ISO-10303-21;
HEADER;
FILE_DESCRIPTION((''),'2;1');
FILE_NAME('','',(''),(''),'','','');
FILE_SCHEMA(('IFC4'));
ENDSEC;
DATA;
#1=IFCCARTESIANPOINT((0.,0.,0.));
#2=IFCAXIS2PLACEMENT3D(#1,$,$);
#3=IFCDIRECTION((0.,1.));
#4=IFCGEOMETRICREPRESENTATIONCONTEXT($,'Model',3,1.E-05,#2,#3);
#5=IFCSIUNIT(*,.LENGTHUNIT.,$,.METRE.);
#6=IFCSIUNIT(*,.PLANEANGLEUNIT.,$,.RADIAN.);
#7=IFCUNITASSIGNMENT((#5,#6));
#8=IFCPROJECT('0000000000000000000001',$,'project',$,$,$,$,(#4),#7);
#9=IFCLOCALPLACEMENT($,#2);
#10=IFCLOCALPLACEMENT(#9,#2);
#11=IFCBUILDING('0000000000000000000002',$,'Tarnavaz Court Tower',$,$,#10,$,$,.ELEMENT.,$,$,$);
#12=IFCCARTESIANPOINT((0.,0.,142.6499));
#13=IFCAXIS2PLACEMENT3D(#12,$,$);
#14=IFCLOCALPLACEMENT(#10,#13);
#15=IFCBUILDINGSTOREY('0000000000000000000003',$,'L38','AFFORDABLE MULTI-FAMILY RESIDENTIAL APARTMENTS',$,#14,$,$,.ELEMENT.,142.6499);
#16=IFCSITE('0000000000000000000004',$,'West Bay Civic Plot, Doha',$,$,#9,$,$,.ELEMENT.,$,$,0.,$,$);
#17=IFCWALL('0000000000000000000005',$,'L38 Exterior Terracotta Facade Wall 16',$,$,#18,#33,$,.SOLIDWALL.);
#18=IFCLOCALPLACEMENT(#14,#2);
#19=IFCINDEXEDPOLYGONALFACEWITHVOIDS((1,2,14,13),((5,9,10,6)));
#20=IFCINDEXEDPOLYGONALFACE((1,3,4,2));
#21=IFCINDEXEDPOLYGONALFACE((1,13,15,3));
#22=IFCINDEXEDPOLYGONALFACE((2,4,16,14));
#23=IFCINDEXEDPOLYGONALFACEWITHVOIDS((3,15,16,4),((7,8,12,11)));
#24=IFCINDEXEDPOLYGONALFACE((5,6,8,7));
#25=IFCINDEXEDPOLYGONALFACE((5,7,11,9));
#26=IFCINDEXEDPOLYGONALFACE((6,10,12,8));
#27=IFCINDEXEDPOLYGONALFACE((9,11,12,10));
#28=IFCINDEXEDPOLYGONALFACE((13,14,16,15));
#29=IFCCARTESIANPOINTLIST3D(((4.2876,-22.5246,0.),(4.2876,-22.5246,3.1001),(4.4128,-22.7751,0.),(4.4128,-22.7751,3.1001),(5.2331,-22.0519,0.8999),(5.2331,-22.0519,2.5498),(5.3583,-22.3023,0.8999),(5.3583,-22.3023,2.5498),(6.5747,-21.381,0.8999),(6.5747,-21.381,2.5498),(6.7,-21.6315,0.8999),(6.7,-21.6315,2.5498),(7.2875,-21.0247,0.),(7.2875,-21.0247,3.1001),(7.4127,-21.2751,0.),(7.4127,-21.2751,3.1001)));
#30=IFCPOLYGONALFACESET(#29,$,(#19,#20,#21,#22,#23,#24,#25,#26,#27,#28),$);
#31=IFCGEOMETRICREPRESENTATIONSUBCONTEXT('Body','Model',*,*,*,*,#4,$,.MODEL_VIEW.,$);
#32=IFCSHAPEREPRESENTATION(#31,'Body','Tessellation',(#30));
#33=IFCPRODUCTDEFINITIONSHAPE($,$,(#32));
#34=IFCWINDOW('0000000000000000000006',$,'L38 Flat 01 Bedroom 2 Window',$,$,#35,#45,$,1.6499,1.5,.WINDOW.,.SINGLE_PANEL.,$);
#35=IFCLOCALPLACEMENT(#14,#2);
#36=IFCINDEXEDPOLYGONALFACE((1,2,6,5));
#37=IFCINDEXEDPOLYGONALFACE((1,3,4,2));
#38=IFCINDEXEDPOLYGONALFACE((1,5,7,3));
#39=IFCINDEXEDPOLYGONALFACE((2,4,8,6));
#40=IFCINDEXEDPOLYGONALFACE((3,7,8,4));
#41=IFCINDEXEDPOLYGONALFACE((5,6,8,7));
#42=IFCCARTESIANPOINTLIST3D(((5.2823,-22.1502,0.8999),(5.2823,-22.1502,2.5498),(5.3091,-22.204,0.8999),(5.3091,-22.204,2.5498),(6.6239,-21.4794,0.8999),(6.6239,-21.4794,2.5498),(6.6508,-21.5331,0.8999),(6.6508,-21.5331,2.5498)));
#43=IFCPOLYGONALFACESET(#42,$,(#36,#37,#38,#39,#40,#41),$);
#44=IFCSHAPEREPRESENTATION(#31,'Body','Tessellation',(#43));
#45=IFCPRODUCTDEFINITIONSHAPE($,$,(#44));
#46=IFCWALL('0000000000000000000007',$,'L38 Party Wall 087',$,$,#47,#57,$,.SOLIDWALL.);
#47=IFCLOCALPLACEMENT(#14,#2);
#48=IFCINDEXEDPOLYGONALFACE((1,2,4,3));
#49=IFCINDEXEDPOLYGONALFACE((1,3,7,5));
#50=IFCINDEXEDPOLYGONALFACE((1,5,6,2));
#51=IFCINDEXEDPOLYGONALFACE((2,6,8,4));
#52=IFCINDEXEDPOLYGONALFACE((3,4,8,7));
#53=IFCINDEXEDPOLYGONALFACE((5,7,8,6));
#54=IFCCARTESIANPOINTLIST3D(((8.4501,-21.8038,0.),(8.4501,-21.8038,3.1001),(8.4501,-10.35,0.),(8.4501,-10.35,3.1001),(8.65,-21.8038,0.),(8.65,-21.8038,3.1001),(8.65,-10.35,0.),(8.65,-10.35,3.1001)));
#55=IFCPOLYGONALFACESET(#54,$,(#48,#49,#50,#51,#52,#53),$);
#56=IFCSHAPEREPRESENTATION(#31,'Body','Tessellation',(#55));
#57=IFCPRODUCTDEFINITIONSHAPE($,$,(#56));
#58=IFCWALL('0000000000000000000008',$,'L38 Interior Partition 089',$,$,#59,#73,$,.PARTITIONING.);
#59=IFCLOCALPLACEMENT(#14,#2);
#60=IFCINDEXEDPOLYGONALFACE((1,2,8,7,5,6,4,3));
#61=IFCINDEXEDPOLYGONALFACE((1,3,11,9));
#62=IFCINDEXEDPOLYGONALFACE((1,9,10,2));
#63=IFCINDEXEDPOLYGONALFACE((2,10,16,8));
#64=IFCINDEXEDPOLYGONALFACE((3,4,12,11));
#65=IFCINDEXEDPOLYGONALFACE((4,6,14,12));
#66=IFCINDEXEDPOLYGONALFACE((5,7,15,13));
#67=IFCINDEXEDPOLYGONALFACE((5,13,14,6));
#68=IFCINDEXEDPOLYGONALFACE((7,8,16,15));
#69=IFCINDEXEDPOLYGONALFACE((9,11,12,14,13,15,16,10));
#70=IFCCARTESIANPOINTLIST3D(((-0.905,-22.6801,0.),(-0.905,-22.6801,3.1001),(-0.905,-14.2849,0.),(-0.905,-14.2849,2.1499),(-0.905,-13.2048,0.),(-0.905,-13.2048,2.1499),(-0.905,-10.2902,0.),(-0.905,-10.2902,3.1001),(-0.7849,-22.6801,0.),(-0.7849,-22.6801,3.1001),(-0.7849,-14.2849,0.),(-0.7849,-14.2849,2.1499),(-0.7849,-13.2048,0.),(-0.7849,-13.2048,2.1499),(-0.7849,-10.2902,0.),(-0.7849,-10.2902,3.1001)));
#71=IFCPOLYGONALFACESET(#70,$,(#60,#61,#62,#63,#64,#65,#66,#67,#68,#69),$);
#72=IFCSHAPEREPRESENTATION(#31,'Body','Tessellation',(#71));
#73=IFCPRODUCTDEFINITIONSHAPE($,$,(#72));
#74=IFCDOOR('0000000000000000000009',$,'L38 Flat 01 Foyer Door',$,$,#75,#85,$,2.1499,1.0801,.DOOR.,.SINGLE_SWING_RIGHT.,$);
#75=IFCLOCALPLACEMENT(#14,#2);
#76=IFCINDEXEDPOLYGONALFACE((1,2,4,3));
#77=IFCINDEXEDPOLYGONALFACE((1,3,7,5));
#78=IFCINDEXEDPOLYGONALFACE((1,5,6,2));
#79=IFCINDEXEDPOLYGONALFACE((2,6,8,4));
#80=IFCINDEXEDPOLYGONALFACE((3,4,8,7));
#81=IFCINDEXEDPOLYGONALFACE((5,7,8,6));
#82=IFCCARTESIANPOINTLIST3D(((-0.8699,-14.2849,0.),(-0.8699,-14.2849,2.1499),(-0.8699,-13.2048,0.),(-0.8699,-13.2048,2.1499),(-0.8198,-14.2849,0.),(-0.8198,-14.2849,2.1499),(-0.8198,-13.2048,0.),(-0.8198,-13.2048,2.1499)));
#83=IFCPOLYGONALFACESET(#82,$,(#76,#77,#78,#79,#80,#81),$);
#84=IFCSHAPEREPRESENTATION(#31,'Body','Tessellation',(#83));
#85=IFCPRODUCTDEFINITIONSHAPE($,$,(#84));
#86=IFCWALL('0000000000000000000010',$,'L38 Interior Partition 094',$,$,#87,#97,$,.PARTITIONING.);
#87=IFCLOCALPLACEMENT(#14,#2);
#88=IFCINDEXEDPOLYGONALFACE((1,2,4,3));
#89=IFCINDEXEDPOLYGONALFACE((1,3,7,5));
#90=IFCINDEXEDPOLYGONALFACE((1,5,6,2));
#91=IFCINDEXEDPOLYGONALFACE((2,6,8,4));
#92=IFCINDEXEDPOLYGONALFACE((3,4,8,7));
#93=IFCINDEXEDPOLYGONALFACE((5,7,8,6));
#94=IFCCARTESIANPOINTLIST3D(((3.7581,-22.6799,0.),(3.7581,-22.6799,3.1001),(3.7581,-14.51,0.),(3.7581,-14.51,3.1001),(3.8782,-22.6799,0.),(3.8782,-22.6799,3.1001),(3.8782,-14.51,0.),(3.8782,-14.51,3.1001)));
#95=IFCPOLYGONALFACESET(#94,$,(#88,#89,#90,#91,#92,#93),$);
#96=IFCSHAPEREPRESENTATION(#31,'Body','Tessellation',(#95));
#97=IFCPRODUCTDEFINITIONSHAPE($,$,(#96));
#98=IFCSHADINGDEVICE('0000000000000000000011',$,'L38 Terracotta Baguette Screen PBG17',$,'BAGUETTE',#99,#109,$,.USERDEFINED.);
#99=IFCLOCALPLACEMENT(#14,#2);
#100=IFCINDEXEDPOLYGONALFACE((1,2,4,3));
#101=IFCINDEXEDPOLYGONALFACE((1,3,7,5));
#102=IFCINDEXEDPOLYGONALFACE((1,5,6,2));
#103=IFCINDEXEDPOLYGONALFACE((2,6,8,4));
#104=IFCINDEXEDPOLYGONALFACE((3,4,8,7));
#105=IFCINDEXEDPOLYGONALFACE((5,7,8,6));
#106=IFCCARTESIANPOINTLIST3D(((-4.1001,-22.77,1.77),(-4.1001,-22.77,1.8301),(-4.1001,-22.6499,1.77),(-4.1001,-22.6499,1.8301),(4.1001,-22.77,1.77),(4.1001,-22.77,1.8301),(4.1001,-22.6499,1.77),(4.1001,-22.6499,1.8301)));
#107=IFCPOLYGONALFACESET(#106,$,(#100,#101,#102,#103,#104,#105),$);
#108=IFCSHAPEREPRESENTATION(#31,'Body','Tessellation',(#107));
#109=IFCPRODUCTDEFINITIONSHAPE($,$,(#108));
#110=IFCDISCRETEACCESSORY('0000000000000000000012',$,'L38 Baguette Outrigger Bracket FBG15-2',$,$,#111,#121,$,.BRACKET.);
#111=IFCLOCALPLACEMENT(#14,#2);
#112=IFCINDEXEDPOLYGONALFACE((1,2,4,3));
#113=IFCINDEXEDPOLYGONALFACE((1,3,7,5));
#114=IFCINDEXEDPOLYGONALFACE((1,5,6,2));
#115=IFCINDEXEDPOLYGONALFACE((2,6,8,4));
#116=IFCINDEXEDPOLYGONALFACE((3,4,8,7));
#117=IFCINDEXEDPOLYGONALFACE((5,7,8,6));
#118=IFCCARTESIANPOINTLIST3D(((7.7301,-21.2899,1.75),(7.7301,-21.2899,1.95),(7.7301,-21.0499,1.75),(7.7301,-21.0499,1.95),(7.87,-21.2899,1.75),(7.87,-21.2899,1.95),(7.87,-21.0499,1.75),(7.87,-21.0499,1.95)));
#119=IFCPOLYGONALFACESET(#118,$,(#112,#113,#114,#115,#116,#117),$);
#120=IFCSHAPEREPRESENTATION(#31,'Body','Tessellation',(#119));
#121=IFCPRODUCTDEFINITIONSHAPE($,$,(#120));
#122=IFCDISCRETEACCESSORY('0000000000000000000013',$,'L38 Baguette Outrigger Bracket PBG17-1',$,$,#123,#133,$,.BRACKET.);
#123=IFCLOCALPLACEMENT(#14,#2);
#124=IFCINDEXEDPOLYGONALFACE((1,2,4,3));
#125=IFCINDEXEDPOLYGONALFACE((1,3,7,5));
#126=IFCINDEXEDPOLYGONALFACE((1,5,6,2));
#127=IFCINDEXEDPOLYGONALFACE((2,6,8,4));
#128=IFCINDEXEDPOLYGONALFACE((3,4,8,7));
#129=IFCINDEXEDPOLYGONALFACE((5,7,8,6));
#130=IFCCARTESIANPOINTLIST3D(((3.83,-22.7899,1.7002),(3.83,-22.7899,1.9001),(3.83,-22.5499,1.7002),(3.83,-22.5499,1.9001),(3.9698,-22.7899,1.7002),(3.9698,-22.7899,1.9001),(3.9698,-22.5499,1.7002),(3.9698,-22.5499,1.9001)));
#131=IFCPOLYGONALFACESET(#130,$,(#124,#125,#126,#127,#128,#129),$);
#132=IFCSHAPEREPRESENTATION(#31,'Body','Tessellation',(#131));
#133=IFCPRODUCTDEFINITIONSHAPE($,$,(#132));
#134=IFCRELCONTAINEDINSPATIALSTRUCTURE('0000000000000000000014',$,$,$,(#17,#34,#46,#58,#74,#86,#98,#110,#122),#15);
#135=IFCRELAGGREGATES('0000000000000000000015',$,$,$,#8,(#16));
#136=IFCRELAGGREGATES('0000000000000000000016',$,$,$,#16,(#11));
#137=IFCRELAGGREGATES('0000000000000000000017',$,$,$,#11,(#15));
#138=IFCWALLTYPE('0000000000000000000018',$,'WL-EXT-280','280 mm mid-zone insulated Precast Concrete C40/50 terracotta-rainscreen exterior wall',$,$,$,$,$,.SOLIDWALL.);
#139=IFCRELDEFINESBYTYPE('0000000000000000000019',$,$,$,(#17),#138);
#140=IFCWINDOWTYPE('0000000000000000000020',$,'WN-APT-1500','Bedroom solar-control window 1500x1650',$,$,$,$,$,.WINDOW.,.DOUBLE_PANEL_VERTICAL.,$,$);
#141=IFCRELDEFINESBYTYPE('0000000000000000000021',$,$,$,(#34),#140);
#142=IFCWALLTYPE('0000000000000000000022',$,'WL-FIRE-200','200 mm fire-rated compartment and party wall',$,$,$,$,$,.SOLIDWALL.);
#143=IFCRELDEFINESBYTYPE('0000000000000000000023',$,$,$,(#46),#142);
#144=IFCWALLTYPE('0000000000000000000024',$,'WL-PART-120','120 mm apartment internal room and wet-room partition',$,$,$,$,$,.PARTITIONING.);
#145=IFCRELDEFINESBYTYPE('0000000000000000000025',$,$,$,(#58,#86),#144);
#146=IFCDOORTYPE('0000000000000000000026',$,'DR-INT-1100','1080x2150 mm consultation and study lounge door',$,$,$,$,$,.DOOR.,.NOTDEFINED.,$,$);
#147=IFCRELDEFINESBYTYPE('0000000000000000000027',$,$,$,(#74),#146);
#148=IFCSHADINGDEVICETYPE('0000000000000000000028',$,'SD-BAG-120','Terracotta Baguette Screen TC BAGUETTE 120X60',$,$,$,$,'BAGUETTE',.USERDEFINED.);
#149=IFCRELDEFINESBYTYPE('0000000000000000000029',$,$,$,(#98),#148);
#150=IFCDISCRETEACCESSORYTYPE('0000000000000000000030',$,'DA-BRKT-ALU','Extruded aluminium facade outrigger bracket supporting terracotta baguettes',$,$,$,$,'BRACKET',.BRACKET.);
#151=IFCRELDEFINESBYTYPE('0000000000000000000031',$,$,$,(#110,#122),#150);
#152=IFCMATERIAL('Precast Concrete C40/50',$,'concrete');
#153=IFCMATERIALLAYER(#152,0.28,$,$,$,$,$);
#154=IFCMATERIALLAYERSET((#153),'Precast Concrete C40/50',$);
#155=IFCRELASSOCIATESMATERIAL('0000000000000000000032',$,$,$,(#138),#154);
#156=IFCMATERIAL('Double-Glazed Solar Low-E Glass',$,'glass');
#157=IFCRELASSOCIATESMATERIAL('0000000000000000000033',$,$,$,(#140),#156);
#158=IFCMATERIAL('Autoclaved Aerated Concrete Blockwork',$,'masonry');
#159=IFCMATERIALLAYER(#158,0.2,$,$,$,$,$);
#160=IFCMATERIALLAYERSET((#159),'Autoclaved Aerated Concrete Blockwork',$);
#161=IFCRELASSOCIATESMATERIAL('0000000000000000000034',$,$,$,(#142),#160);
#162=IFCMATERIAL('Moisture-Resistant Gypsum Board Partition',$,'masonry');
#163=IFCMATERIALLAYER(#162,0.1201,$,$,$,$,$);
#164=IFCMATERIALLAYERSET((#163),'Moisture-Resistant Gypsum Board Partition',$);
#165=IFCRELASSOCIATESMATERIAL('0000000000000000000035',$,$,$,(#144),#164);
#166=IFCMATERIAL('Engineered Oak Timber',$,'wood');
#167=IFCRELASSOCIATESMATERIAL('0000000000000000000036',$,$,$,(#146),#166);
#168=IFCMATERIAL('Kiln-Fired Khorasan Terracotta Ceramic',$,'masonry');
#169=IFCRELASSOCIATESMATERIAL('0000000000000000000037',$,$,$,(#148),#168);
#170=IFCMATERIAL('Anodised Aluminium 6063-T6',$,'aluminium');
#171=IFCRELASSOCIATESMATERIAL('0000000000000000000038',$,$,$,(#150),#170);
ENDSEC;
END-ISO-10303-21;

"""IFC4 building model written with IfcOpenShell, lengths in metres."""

from ifc_helpers import new_model, si_unit, direction, frame, frame_2d, origin, origin_2d, place, context, subcontext, project, spatial, rectangle, extrude, material, layer, layer_set, material_profile, profile_set, type_object, element, fill, save


model = new_model("IFC4")

# Units and contexts
model_context = context("Model", 3, precision=1e-05, world=origin(), true_north=direction((0.0, 1.0)))
body_context = subcontext(model_context, "Body", "Model", "MODEL_VIEW")
ifc_project = project(units=[si_unit("LENGTHUNIT", "METRE"), si_unit("PLANEANGLEUNIT", "RADIAN")], contexts=[model_context])

# Site, building, storey
site_placement = place(None, origin())
site = spatial("IfcSite", under=ifc_project, at=site_placement, Name="West Bay Civic Plot, Doha", CompositionType="ELEMENT", RefElevation=0.0)
building_placement = place(site_placement, origin())
building = spatial("IfcBuilding", under=site, at=building_placement, Name="Tarnavaz Court Tower", CompositionType="ELEMENT")
storey_placement = place(building_placement, frame((0.0, 0.0, 142.6499)))
storey = spatial("IfcBuildingStorey", under=building, at=storey_placement, Name="L38", Description="AFFORDABLE MULTI-FAMILY RESIDENTIAL APARTMENTS", CompositionType="ELEMENT", Elevation=142.6499)

# Shared definitions
ifc_material_1 = material(Name="Anodised Aluminium 6063-T6", Category="aluminium")
ifc_material_2 = material(Name="Double-Glazed Solar Low-E Glass", Category="glass")

# Wall, opening, window
ifc_material_3 = material(Name="Precast Concrete C40/50", Category="concrete")
ifc_layer_1 = layer(ifc_material_3, 0.28)
ifc_layer_set_1 = layer_set([ifc_layer_1], Name="Precast Concrete C40/50")
wall_type_1 = type_object("IfcWallType", Name="WL-EXT-280", Description="280 mm mid-zone insulated Precast Concrete C40/50 terracotta-rainscreen exterior wall", PredefinedType="SOLIDWALL", material=ifc_layer_set_1)
wall_1_placement = place(storey_placement, frame((7.3501, -21.1499, 0.0), z_axis=(0.0, 0.0, 1.0), x_axis=(-0.894427, -0.447214, 0.0)))
wall_1 = element("IfcWall", 1, at=wall_1_placement, inside=storey, type_object=wall_type_1, Name="L38 Exterior Terracotta Facade Wall 16", PredefinedType="SOLIDWALL", context=body_context, shape_type="SweptSolid", body=[
    extrude(rectangle(XDim=3.354, YDim=0.28, at=frame_2d((1.677, 0.0))), origin(), (0.0, 0.0, 1.0), 3.1001),
])
opening_1_placement = place(wall_1_placement, frame((0.7969, 0.0, 0.8999)))
opening_1 = element("IfcOpeningElement", 2, at=opening_1_placement, cuts=wall_1, PredefinedType="OPENING", context=body_context, shape_type="SweptSolid", body=[
    extrude(rectangle(XDim=1.5, YDim=1.6499, at=frame_2d((0.75, 0.825))), frame((0.0, 0.1499, 0.0), z_axis=(0.0, -1.0, 0.0), x_axis=(1.0, 0.0, 0.0)), (0.0, 0.0, 1.0), 0.3),
])
window_type = type_object("IfcWindowType", Name="WN-APT-1500", Description="Bedroom solar-control window 1500x1650", PartitioningType="DOUBLE_PANEL_VERTICAL", PredefinedType="WINDOW", material=ifc_material_2)
window_placement = place(opening_1_placement, origin())
window = element("IfcWindow", 3, at=window_placement, inside=storey, type_object=window_type, Name="L38 Flat 01 Bedroom 2 Window", OverallHeight=1.6499, OverallWidth=1.5, PartitioningType="SINGLE_PANEL", PredefinedType="WINDOW", context=body_context, shape_type="SweptSolid", body=[
    extrude(rectangle(XDim=1.5, YDim=1.6499, at=frame_2d((0.75, 0.825))), frame((0.0, 0.03, 0.0), z_axis=(0.0, -1.0, 0.0), x_axis=(1.0, 0.0, 0.0)), (0.0, 0.0, 1.0), 0.0601),
])
fill(opening_1, window)

# Wall
ifc_material_4 = material(Name="Autoclaved Aerated Concrete Blockwork", Category="masonry")
ifc_layer_2 = layer(ifc_material_4, 0.2)
ifc_layer_set_2 = layer_set([ifc_layer_2], Name="Autoclaved Aerated Concrete Blockwork")
wall_type_2 = type_object("IfcWallType", Name="WL-FIRE-200", Description="200 mm fire-rated compartment and party wall", PredefinedType="SOLIDWALL", material=ifc_layer_set_2)
wall_2_placement = place(storey_placement, frame((8.55, -21.804, 0.0), z_axis=(0.0, 0.0, 1.0), x_axis=(0.0, 1.0, 0.0)))
element("IfcWall", 4, at=wall_2_placement, inside=storey, type_object=wall_type_2, Name="L38 Party Wall 087", PredefinedType="SOLIDWALL", context=body_context, shape_type="SweptSolid", body=[
    extrude(rectangle(XDim=11.4539, YDim=0.2, at=frame_2d((5.7271, 0.0))), origin(), (0.0, 0.0, 1.0), 3.1001),
])

# Wall, opening, door
ifc_material_5 = material(Name="Moisture-Resistant Gypsum Board Partition", Category="masonry")
ifc_layer_3 = layer(ifc_material_5, 0.1201)
ifc_layer_set_3 = layer_set([ifc_layer_3], Name="Moisture-Resistant Gypsum Board Partition")
wall_type_3 = type_object("IfcWallType", Name="WL-PART-120", Description="120 mm apartment internal room and wet-room partition", PredefinedType="PARTITIONING", material=ifc_layer_set_3)
wall_3_placement = place(storey_placement, frame((-0.845, -22.6799, 0.0), z_axis=(0.0, 0.0, 1.0), x_axis=(0.0, 1.0, 0.0)))
wall_3 = element("IfcWall", 5, at=wall_3_placement, inside=storey, type_object=wall_type_3, Name="L38 Interior Partition 089", PredefinedType="PARTITIONING", context=body_context, shape_type="SweptSolid", body=[
    extrude(rectangle(XDim=12.3899, YDim=0.1201, at=frame_2d((6.1948, 0.0))), origin(), (0.0, 0.0, 1.0), 3.1001),
])
opening_2_placement = place(wall_3_placement, frame((8.395, 0.0, 0.0)))
opening_2 = element("IfcOpeningElement", 6, at=opening_2_placement, cuts=wall_3, PredefinedType="OPENING", context=body_context, shape_type="SweptSolid", body=[
    extrude(rectangle(XDim=1.0801, YDim=2.1499, at=frame_2d((0.54, 1.075))), frame((0.0, 0.0701, 0.0), z_axis=(0.0, -1.0, 0.0), x_axis=(1.0, 0.0, 0.0)), (0.0, 0.0, 1.0), 0.1401),
])
ifc_material_6 = material(Name="Engineered Oak Timber", Category="wood")
door_type = type_object("IfcDoorType", Name="DR-INT-1100", Description="1080x2150 mm consultation and study lounge door", OperationType="NOTDEFINED", PredefinedType="DOOR", material=ifc_material_6)
door_placement = place(opening_2_placement, origin())
door = element("IfcDoor", 7, at=door_placement, inside=storey, type_object=door_type, Name="L38 Flat 01 Foyer Door", OperationType="SINGLE_SWING_RIGHT", OverallHeight=2.1499, OverallWidth=1.0801, PredefinedType="DOOR", context=body_context, shape_type="SweptSolid", body=[
    extrude(rectangle(XDim=1.0801, YDim=2.1499, at=frame_2d((0.54, 1.075))), frame((0.0, 0.0249, 0.0), z_axis=(0.0, -1.0, 0.0), x_axis=(1.0, 0.0, 0.0)), (0.0, 0.0, 1.0), 0.05),
])
fill(opening_2, door)

# Wall
wall_4_placement = place(storey_placement, frame((3.8181, -22.6799, 0.0), z_axis=(0.0, 0.0, 1.0), x_axis=(0.0, 1.0, 0.0)))
element("IfcWall", 8, at=wall_4_placement, inside=storey, type_object=wall_type_3, Name="L38 Interior Partition 094", PredefinedType="PARTITIONING", context=body_context, shape_type="SweptSolid", body=[
    extrude(rectangle(XDim=8.1699, YDim=0.1201, at=frame_2d((4.085, 0.0))), origin(), (0.0, 0.0, 1.0), 3.1001),
])

# Shading device
ifc_material_7 = material(Name="Kiln-Fired Khorasan Terracotta Ceramic", Category="masonry")
ifc_material_profile_1 = material_profile(ifc_material_7, rectangle(XDim=0.1201, YDim=0.0601, at=origin_2d()), Name="TC BAGUETTE 120X60")
ifc_profile_set_1 = profile_set([ifc_material_profile_1], Name="Kiln-Fired Khorasan Terracotta Ceramic")
shading_device_type = type_object("IfcShadingDeviceType", Name="SD-BAG-120", Description="Terracotta Baguette Screen TC BAGUETTE 120X60", ElementType="BAGUETTE", PredefinedType="USERDEFINED", material=ifc_profile_set_1)
shading_device_placement = place(storey_placement, frame((4.1001, -22.71, 1.8), z_axis=(-1.0, 0.0, 0.0), x_axis=(0.0, -1.0, 0.0)))
element("IfcShadingDevice", 9, at=shading_device_placement, inside=storey, type_object=shading_device_type, Name="L38 Terracotta Baguette Screen PBG17", ObjectType="BAGUETTE", PredefinedType="USERDEFINED", context=body_context, shape_type="SweptSolid", body=[
    extrude(rectangle(XDim=0.1201, YDim=0.0601, at=origin_2d()), origin(), (0.0, 0.0, 1.0), 8.2002),
])

# Discrete accessories
discrete_accessory_type = type_object("IfcDiscreteAccessoryType", Name="DA-BRKT-ALU", Description="Extruded aluminium facade outrigger bracket supporting terracotta baguettes", ElementType="BRACKET", PredefinedType="BRACKET", material=ifc_material_1)
for number, where, z_axis, x_axis, name in (
    (10, (7.8, -21.1699, 1.75), (0.0, 0.0, 1.0), (-1.0, 0.0, 0.0), "L38 Baguette Outrigger Bracket FBG15-2"),
    (11, (3.8999, -22.6699, 1.7002), (0.0, 0.0, 1.0), (-1.0, 0.0, 0.0), "L38 Baguette Outrigger Bracket PBG17-1"),
):
    element("IfcDiscreteAccessory", number, at=place(storey_placement, frame(where, z_axis=z_axis, x_axis=x_axis)), inside=storey, type_object=discrete_accessory_type, Name=name, PredefinedType="BRACKET", context=body_context, shape_type="SweptSolid", body=[
        extrude(rectangle(XDim=0.1399, YDim=0.24, at=origin_2d()), origin(), (0.0, 0.0, 1.0), 0.2),
    ])

save(model, "model.ifc")
